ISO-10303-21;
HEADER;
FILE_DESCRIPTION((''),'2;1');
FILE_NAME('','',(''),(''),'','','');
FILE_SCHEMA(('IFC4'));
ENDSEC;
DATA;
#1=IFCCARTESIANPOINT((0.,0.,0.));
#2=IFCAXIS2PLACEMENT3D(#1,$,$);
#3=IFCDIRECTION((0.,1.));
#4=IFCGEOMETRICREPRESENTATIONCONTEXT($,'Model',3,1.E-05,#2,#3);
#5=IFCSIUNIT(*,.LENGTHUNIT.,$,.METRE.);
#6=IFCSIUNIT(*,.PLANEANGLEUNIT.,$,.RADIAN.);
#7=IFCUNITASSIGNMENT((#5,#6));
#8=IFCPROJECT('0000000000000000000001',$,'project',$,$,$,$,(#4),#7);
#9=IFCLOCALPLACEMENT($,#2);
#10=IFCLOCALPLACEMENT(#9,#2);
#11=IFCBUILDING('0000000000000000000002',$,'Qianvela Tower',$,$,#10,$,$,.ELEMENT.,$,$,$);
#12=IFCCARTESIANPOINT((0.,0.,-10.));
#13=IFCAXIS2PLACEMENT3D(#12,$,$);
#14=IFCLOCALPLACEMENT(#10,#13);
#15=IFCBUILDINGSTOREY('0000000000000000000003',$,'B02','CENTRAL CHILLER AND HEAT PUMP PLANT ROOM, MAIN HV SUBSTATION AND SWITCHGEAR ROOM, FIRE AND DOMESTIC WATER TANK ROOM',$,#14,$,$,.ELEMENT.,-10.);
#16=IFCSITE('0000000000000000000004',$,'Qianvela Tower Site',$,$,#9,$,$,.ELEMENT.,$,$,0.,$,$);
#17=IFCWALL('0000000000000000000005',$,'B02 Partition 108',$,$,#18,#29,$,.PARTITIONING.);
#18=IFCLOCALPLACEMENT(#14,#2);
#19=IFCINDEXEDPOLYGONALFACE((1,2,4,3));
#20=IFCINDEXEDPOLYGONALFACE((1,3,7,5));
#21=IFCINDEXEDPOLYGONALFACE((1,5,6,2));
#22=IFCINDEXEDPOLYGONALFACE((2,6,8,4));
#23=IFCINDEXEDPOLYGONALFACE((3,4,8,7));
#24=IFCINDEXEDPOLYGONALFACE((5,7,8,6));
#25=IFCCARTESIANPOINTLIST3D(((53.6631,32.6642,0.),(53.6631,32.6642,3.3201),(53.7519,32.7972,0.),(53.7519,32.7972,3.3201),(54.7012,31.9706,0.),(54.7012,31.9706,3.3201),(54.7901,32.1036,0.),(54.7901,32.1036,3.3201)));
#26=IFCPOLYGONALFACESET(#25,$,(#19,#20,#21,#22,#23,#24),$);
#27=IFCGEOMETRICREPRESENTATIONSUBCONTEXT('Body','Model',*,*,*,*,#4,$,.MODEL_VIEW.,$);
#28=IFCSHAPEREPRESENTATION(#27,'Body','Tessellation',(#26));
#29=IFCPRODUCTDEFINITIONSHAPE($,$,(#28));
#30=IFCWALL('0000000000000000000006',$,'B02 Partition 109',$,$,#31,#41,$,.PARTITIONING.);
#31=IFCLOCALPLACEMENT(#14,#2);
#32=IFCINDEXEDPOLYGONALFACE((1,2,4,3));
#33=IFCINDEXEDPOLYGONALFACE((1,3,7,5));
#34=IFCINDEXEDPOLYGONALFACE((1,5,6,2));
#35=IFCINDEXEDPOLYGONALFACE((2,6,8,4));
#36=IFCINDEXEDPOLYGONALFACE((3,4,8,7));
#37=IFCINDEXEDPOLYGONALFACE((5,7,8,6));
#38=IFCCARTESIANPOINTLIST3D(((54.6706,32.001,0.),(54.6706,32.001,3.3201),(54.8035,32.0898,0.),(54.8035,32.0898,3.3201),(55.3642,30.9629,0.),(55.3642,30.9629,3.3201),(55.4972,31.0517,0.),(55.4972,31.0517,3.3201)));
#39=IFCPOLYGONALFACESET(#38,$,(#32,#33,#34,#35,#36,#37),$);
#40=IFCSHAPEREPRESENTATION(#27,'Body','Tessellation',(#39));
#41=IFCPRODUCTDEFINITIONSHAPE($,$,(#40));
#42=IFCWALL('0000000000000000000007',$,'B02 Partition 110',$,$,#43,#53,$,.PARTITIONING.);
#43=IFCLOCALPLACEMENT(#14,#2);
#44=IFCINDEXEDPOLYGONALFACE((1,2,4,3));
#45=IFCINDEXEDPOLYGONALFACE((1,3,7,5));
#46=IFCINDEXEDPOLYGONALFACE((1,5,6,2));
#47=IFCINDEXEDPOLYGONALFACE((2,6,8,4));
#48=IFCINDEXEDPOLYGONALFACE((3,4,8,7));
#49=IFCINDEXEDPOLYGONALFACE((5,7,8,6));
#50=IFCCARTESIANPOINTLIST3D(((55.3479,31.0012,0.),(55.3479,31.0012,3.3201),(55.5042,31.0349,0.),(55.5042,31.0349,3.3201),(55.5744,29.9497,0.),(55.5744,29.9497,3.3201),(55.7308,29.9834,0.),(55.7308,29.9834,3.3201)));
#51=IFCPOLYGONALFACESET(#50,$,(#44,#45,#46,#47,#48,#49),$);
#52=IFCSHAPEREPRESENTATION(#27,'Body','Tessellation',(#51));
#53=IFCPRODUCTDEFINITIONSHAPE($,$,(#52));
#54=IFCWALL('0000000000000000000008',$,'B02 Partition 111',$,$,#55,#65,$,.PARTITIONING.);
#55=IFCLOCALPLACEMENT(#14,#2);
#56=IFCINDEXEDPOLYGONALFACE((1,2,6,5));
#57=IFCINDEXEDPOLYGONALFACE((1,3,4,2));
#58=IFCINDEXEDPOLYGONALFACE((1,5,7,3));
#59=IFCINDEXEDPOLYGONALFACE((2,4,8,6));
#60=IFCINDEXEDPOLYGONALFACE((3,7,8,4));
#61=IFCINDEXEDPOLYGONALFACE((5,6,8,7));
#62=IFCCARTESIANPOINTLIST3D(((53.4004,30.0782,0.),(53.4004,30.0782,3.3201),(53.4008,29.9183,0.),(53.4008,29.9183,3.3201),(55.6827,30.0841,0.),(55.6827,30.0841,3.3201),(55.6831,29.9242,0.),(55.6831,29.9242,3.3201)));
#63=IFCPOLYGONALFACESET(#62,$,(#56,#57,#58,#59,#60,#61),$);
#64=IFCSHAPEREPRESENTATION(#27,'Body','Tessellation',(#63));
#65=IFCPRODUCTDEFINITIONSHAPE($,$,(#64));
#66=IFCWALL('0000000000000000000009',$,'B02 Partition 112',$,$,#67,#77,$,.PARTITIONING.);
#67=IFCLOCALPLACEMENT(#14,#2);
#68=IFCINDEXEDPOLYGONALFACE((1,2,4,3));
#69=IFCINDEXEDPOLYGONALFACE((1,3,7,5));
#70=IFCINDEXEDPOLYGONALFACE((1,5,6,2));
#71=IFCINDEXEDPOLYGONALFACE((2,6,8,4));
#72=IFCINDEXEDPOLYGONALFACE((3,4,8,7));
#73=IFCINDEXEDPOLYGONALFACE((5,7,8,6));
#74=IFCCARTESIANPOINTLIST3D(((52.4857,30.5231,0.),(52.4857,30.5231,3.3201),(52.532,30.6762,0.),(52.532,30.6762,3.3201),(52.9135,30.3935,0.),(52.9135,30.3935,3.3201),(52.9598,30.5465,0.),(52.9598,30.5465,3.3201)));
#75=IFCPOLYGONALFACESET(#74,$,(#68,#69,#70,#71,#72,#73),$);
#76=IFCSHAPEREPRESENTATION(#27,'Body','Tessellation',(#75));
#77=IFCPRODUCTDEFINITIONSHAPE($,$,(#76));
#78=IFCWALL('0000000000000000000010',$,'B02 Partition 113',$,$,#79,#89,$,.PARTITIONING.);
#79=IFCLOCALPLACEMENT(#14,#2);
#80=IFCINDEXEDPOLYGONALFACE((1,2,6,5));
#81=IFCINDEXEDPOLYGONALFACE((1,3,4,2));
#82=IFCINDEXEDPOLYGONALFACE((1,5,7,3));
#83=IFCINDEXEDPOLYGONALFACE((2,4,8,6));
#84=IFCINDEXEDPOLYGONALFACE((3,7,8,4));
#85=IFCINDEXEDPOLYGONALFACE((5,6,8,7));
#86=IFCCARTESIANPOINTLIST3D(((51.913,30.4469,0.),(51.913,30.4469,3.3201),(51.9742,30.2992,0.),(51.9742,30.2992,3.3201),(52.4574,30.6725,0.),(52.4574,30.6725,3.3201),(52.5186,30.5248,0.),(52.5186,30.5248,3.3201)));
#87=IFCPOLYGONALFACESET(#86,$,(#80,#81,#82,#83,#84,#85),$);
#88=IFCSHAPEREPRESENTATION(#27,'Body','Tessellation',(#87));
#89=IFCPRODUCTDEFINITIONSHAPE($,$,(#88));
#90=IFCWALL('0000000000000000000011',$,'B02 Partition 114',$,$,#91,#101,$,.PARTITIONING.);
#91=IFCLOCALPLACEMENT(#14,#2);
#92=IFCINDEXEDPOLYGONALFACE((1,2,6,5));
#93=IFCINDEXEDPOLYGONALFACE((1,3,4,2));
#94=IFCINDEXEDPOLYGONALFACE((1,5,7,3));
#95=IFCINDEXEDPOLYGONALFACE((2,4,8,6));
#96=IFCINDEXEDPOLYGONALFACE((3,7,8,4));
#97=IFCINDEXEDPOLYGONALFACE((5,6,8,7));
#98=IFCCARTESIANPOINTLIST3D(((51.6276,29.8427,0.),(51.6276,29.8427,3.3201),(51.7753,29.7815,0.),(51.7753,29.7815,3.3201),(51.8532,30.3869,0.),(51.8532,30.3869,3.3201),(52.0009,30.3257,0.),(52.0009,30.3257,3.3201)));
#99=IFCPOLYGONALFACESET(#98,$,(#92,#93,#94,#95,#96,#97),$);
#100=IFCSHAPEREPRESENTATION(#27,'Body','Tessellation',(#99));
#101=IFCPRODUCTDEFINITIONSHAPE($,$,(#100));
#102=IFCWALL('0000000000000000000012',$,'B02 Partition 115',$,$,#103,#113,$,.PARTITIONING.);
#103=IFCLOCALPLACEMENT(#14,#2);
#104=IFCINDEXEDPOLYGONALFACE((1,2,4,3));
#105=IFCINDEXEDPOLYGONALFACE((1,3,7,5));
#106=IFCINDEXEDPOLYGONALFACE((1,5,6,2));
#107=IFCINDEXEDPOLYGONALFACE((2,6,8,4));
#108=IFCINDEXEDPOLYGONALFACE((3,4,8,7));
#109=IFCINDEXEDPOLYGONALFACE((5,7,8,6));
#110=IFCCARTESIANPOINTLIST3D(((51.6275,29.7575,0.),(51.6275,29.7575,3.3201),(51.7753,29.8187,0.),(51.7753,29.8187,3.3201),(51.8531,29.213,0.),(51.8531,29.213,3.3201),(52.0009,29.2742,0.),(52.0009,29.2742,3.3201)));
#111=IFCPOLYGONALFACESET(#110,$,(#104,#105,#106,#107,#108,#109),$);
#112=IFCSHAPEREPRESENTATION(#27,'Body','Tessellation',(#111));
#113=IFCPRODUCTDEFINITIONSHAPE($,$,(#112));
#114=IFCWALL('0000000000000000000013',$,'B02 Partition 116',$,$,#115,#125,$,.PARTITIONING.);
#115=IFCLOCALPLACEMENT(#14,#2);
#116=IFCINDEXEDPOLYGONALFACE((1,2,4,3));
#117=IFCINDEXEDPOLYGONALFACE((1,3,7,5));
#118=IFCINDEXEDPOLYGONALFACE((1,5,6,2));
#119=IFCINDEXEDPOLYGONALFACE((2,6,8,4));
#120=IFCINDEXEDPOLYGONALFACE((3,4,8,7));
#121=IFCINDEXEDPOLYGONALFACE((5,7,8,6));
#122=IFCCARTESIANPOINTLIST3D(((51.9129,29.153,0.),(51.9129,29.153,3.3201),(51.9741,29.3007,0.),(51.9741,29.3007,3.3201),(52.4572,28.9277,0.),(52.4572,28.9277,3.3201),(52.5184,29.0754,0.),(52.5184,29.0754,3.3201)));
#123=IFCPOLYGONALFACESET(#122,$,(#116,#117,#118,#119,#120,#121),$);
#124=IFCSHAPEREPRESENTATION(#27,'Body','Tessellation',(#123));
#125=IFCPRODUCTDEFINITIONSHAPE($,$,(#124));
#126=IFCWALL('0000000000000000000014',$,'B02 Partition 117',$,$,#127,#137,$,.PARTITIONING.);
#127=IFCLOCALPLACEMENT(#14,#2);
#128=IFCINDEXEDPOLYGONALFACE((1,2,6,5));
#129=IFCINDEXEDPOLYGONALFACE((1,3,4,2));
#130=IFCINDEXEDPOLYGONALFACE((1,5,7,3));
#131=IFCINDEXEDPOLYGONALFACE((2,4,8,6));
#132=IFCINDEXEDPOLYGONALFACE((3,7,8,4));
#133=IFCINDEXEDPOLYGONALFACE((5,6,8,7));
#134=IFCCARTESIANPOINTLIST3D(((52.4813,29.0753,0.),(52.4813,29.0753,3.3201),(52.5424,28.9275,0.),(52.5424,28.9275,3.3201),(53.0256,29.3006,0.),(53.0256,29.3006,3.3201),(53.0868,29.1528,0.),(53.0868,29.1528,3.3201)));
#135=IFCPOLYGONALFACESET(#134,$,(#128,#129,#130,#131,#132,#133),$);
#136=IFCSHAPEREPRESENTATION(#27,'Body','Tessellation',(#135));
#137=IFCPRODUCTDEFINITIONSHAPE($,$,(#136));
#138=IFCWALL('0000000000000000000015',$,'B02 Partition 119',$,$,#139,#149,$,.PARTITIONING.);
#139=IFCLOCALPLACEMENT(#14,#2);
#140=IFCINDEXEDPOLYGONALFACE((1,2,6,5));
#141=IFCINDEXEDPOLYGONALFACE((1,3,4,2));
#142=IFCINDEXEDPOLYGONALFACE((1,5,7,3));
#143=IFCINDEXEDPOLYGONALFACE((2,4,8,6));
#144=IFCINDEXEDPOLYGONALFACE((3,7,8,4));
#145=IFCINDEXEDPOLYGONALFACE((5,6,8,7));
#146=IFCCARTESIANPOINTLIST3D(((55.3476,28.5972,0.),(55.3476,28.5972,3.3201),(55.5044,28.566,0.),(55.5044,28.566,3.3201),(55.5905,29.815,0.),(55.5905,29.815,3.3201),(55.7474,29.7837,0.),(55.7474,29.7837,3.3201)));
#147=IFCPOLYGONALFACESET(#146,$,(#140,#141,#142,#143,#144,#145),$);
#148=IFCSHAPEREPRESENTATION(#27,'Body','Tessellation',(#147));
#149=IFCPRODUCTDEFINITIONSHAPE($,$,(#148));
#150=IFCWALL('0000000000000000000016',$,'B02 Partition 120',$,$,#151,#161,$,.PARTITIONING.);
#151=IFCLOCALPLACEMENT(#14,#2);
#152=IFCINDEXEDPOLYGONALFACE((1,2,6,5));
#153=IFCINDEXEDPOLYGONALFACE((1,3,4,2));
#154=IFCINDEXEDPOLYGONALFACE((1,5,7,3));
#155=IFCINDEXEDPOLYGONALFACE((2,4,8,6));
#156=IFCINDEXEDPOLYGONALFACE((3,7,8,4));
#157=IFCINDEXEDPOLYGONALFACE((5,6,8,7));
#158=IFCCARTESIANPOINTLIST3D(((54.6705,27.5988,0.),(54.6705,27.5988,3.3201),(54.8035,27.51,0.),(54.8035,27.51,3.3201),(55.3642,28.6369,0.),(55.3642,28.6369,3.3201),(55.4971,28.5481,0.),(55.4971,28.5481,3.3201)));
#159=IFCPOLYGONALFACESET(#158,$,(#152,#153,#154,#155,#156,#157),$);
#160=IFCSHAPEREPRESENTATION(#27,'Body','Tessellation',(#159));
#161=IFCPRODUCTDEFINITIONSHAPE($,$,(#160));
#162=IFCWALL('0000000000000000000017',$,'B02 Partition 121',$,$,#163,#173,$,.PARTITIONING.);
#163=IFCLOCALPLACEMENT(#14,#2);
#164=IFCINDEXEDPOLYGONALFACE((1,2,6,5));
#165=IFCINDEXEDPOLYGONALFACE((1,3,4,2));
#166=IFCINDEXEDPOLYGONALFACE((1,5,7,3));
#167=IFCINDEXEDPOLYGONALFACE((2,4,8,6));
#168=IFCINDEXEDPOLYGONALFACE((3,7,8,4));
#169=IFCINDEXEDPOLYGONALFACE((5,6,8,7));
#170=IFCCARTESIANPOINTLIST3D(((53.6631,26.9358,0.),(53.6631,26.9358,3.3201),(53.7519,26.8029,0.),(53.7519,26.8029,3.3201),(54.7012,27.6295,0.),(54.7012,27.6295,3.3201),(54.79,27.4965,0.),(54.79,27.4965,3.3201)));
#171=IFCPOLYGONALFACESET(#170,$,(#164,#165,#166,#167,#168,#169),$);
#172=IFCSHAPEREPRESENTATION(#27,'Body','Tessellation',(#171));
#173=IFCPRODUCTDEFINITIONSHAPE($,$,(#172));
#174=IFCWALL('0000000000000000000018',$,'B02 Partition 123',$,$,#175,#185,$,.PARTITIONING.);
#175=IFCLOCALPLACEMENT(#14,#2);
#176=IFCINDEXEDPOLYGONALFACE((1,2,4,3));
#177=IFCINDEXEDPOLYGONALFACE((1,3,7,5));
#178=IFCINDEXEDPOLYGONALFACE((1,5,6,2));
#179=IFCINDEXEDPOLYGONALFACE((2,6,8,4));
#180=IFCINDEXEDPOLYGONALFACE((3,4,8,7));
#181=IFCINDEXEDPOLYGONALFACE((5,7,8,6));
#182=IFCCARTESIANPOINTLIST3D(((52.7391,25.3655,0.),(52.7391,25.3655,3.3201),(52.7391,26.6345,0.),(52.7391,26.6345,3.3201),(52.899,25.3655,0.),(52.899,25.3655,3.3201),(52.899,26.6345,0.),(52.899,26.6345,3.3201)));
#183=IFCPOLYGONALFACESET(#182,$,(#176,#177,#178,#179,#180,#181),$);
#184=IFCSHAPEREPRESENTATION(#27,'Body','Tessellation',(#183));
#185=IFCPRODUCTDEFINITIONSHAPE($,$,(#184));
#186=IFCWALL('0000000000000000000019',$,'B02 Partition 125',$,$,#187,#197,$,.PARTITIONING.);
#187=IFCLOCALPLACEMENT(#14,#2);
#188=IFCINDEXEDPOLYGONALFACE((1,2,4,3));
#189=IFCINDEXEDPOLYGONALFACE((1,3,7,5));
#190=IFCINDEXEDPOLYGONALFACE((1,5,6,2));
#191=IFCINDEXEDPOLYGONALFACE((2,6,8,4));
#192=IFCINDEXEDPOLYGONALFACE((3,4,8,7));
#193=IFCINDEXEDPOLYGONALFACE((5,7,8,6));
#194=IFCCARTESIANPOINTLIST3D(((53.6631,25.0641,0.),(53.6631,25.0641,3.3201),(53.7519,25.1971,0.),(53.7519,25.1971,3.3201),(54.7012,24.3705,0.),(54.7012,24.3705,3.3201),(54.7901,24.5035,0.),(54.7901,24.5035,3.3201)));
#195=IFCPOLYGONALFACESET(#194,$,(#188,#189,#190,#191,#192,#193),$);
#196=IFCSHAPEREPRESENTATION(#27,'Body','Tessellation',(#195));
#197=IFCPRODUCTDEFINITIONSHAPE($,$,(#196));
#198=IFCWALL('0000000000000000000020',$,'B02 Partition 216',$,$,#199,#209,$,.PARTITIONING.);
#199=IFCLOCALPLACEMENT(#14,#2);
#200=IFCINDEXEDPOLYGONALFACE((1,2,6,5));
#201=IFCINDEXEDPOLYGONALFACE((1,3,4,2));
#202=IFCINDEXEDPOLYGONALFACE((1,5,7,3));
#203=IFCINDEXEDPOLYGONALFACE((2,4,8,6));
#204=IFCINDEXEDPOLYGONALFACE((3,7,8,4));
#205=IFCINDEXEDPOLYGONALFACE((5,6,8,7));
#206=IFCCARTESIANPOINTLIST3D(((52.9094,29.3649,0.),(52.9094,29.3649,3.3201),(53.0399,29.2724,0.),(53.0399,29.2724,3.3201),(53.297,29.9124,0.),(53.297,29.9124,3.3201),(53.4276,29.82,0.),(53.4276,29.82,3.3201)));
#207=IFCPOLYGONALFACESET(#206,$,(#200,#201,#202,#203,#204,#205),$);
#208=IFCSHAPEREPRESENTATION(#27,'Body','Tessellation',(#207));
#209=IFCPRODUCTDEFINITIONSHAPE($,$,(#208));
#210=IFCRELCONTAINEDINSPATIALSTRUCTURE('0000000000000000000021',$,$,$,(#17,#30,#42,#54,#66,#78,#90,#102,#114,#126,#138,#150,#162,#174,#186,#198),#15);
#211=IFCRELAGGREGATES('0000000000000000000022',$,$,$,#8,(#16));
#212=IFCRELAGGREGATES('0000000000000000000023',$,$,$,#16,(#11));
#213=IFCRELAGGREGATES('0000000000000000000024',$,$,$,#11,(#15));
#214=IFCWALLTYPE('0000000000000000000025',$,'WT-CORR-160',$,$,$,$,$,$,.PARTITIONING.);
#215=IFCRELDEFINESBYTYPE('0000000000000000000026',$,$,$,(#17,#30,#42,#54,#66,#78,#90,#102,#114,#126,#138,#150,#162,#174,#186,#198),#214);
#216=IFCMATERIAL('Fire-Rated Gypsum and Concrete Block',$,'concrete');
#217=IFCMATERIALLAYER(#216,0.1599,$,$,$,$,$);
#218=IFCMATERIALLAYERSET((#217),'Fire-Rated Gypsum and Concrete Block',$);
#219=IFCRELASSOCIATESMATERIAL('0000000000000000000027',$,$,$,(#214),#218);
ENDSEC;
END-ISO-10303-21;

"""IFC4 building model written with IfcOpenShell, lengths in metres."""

from ifc_helpers import new_model, si_unit, direction, frame, frame_2d, origin, place, context, subcontext, project, spatial, rectangle, extrude, material, layer, layer_set, type_object, element, save


model = new_model("IFC4")

# Units and contexts
model_context = context("Model", 3, precision=1e-05, world=origin(), true_north=direction((0.0, 1.0)))
body_context = subcontext(model_context, "Body", "Model", "MODEL_VIEW")
ifc_project = project(units=[si_unit("LENGTHUNIT", "METRE"), si_unit("PLANEANGLEUNIT", "RADIAN")], contexts=[model_context])

# Site, building, storey
site_placement = place(None, origin())
site = spatial("IfcSite", under=ifc_project, at=site_placement, Name="Qianvela Tower Site", CompositionType="ELEMENT", RefElevation=0.0)
building_placement = place(site_placement, origin())
building = spatial("IfcBuilding", under=site, at=building_placement, Name="Qianvela Tower", CompositionType="ELEMENT")
storey_placement = place(building_placement, frame((0.0, 0.0, -10.0)))
storey = spatial("IfcBuildingStorey", under=building, at=storey_placement, Name="B02", Description="CENTRAL CHILLER AND HEAT PUMP PLANT ROOM, MAIN HV SUBSTATION AND SWITCHGEAR ROOM, FIRE AND DOMESTIC WATER TANK ROOM", CompositionType="ELEMENT", Elevation=-10.0)

# Walls
ifc_material_1 = material(Name="Fire-Rated Gypsum and Concrete Block", Category="concrete")
ifc_layer = layer(ifc_material_1, 0.1599)
ifc_layer_set = layer_set([ifc_layer], Name="Fire-Rated Gypsum and Concrete Block")
wall_type = type_object("IfcWallType", Name="WT-CORR-160", PredefinedType="PARTITIONING", material=ifc_layer_set)
for number, where, z_axis, x_axis, name in (
    (1, (53.7075, 32.7307, 0.0), (0.0, 0.0, 1.0), (0.831478, -0.555557, 0.0), "B02 Partition 108"),
    (2, (54.7371, 32.0454, 0.0), (0.0, 0.0, 1.0), (0.555557, -0.831478, 0.0), "B02 Partition 109"),
):
    element("IfcWall", number, at=place(storey_placement, frame(where, z_axis=z_axis, x_axis=x_axis)), inside=storey, type_object=wall_type, Name=name, PredefinedType="PARTITIONING", context=body_context, shape_type="SweptSolid", body=[
        extrude(rectangle(XDim=1.2485, YDim=0.1599, at=frame_2d((0.6243, 0.0))), origin(), (0.0, 0.0, 1.0), 3.3201),
    ])
wall_1_placement = place(storey_placement, frame((55.426, 31.0181, 0.0), z_axis=(0.0, 0.0, 1.0), x_axis=(0.210629, -0.977566, 0.0)))
element("IfcWall", 3, at=wall_1_placement, inside=storey, type_object=wall_type, Name="B02 Partition 110", PredefinedType="PARTITIONING", context=body_context, shape_type="SweptSolid", body=[
    extrude(rectangle(XDim=1.0757, YDim=0.1599, at=frame_2d((0.5378, 0.0))), origin(), (0.0, 0.0, 1.0), 3.3201),
])
wall_2_placement = place(storey_placement, frame((55.6829, 30.0042, 0.0), z_axis=(0.0, 0.0, 1.0), x_axis=(-0.999997, -0.002567, 0.0)))
element("IfcWall", 4, at=wall_2_placement, inside=storey, type_object=wall_type, Name="B02 Partition 111", PredefinedType="PARTITIONING", context=body_context, shape_type="SweptSolid", body=[
    extrude(rectangle(XDim=2.2822, YDim=0.1599, at=frame_2d((1.1411, 0.0))), origin(), (0.0, 0.0, 1.0), 3.3201),
])
wall_3_placement = place(storey_placement, frame((52.9368, 30.47, 0.0), z_axis=(0.0, 0.0, 1.0), x_axis=(-0.957011, 0.290053, 0.0)))
element("IfcWall", 5, at=wall_3_placement, inside=storey, type_object=wall_type, Name="B02 Partition 112", PredefinedType="PARTITIONING", context=body_context, shape_type="SweptSolid", body=[
    extrude(rectangle(XDim=0.447, YDim=0.1599, at=frame_2d((0.2236, 0.0))), origin(), (0.0, 0.0, 1.0), 3.3201),
])
wall_4_placement = place(storey_placement, frame((52.488, 30.5986, 0.0), z_axis=(0.0, 0.0, 1.0), x_axis=(-0.923835, -0.382791, 0.0)))
element("IfcWall", 6, at=wall_4_placement, inside=storey, type_object=wall_type, Name="B02 Partition 113", PredefinedType="PARTITIONING", context=body_context, shape_type="SweptSolid", body=[
    extrude(rectangle(XDim=0.5894, YDim=0.1599, at=frame_2d((0.2947, 0.0))), origin(), (0.0, 0.0, 1.0), 3.3201),
])
wall_5_placement = place(storey_placement, frame((51.927, 30.3562, 0.0), z_axis=(0.0, 0.0, 1.0), x_axis=(-0.382937, -0.923774, 0.0)))
element("IfcWall", 7, at=wall_5_placement, inside=storey, type_object=wall_type, Name="B02 Partition 114", PredefinedType="PARTITIONING", context=body_context, shape_type="SweptSolid", body=[
    extrude(rectangle(XDim=0.5891, YDim=0.1599, at=frame_2d((0.2944, 0.0))), origin(), (0.0, 0.0, 1.0), 3.3201),
])
wall_6_placement = place(storey_placement, frame((51.7014, 29.7881, 0.0), z_axis=(0.0, 0.0, 1.0), x_axis=(0.382791, -0.923835, 0.0)))
element("IfcWall", 8, at=wall_6_placement, inside=storey, type_object=wall_type, Name="B02 Partition 115", PredefinedType="PARTITIONING", context=body_context, shape_type="SweptSolid", body=[
    extrude(rectangle(XDim=0.5894, YDim=0.1599, at=frame_2d((0.2947, 0.0))), origin(), (0.0, 0.0, 1.0), 3.3201),
])
for number, where, z_axis, x_axis, name in (
    (9, (51.9436, 29.2268, 0.0), (0.0, 0.0, 1.0), (0.923981, -0.382437, 0.0), "B02 Partition 116"),
    (10, (52.512, 29.0015, 0.0), (0.0, 0.0, 1.0), (0.923981, 0.382437, 0.0), "B02 Partition 117"),
):
    element("IfcWall", number, at=place(storey_placement, frame(where, z_axis=z_axis, x_axis=x_axis)), inside=storey, type_object=wall_type, Name=name, PredefinedType="PARTITIONING", context=body_context, shape_type="SweptSolid", body=[
        extrude(rectangle(XDim=0.5891, YDim=0.1599, at=frame_2d((0.2944, 0.0))), origin(), (0.0, 0.0, 1.0), 3.3201),
    ])
wall_7_placement = place(storey_placement, frame((55.6689, 29.7993, 0.0), z_axis=(0.0, 0.0, 1.0), x_axis=(-0.195625, -0.980679, 0.0)))
element("IfcWall", 11, at=wall_7_placement, inside=storey, type_object=wall_type, Name="B02 Partition 119", PredefinedType="PARTITIONING", context=body_context, shape_type="SweptSolid", body=[
    extrude(rectangle(XDim=1.2417, YDim=0.1599, at=frame_2d((0.6208, 0.0))), origin(), (0.0, 0.0, 1.0), 3.3201),
])
for number, where, z_axis, x_axis, name in (
    (12, (55.4307, 28.5925, 0.0), (0.0, 0.0, 1.0), (-0.555557, -0.831478, 0.0), "B02 Partition 120"),
    (13, (54.7456, 27.563, 0.0), (0.0, 0.0, 1.0), (-0.831478, -0.555557, 0.0), "B02 Partition 121"),
):
    element("IfcWall", number, at=place(storey_placement, frame(where, z_axis=z_axis, x_axis=x_axis)), inside=storey, type_object=wall_type, Name=name, PredefinedType="PARTITIONING", context=body_context, shape_type="SweptSolid", body=[
        extrude(rectangle(XDim=1.2485, YDim=0.1599, at=frame_2d((0.6243, 0.0))), origin(), (0.0, 0.0, 1.0), 3.3201),
    ])
wall_8_placement = place(storey_placement, frame((52.8191, 26.6345, 0.0), z_axis=(0.0, 0.0, 1.0), x_axis=(0.0, -1.0, 0.0)))
element("IfcWall", 14, at=wall_8_placement, inside=storey, type_object=wall_type, Name="B02 Partition 123", PredefinedType="PARTITIONING", context=body_context, shape_type="SweptSolid", body=[
    extrude(rectangle(XDim=1.269, YDim=0.1599, at=frame_2d((0.6345, 0.0))), origin(), (0.0, 0.0, 1.0), 3.3201),
])
wall_9_placement = place(storey_placement, frame((53.7075, 25.1306, 0.0), z_axis=(0.0, 0.0, 1.0), x_axis=(0.831478, -0.555557, 0.0)))
element("IfcWall", 15, at=wall_9_placement, inside=storey, type_object=wall_type, Name="B02 Partition 125", PredefinedType="PARTITIONING", context=body_context, shape_type="SweptSolid", body=[
    extrude(rectangle(XDim=1.2485, YDim=0.1599, at=frame_2d((0.6243, 0.0))), origin(), (0.0, 0.0, 1.0), 3.3201),
])
wall_10_placement = place(storey_placement, frame((53.3623, 29.8662, 0.0), z_axis=(0.0, 0.0, 1.0), x_axis=(-0.577826, -0.81616, 0.0)))
element("IfcWall", 16, at=wall_10_placement, inside=storey, type_object=wall_type, Name="B02 Partition 216", PredefinedType="PARTITIONING", context=body_context, shape_type="SweptSolid", body=[
    extrude(rectangle(XDim=0.6709, YDim=0.1599, at=frame_2d((0.3354, 0.0))), origin(), (0.0, 0.0, 1.0), 3.3201),
])

save(model, "model.ifc")
